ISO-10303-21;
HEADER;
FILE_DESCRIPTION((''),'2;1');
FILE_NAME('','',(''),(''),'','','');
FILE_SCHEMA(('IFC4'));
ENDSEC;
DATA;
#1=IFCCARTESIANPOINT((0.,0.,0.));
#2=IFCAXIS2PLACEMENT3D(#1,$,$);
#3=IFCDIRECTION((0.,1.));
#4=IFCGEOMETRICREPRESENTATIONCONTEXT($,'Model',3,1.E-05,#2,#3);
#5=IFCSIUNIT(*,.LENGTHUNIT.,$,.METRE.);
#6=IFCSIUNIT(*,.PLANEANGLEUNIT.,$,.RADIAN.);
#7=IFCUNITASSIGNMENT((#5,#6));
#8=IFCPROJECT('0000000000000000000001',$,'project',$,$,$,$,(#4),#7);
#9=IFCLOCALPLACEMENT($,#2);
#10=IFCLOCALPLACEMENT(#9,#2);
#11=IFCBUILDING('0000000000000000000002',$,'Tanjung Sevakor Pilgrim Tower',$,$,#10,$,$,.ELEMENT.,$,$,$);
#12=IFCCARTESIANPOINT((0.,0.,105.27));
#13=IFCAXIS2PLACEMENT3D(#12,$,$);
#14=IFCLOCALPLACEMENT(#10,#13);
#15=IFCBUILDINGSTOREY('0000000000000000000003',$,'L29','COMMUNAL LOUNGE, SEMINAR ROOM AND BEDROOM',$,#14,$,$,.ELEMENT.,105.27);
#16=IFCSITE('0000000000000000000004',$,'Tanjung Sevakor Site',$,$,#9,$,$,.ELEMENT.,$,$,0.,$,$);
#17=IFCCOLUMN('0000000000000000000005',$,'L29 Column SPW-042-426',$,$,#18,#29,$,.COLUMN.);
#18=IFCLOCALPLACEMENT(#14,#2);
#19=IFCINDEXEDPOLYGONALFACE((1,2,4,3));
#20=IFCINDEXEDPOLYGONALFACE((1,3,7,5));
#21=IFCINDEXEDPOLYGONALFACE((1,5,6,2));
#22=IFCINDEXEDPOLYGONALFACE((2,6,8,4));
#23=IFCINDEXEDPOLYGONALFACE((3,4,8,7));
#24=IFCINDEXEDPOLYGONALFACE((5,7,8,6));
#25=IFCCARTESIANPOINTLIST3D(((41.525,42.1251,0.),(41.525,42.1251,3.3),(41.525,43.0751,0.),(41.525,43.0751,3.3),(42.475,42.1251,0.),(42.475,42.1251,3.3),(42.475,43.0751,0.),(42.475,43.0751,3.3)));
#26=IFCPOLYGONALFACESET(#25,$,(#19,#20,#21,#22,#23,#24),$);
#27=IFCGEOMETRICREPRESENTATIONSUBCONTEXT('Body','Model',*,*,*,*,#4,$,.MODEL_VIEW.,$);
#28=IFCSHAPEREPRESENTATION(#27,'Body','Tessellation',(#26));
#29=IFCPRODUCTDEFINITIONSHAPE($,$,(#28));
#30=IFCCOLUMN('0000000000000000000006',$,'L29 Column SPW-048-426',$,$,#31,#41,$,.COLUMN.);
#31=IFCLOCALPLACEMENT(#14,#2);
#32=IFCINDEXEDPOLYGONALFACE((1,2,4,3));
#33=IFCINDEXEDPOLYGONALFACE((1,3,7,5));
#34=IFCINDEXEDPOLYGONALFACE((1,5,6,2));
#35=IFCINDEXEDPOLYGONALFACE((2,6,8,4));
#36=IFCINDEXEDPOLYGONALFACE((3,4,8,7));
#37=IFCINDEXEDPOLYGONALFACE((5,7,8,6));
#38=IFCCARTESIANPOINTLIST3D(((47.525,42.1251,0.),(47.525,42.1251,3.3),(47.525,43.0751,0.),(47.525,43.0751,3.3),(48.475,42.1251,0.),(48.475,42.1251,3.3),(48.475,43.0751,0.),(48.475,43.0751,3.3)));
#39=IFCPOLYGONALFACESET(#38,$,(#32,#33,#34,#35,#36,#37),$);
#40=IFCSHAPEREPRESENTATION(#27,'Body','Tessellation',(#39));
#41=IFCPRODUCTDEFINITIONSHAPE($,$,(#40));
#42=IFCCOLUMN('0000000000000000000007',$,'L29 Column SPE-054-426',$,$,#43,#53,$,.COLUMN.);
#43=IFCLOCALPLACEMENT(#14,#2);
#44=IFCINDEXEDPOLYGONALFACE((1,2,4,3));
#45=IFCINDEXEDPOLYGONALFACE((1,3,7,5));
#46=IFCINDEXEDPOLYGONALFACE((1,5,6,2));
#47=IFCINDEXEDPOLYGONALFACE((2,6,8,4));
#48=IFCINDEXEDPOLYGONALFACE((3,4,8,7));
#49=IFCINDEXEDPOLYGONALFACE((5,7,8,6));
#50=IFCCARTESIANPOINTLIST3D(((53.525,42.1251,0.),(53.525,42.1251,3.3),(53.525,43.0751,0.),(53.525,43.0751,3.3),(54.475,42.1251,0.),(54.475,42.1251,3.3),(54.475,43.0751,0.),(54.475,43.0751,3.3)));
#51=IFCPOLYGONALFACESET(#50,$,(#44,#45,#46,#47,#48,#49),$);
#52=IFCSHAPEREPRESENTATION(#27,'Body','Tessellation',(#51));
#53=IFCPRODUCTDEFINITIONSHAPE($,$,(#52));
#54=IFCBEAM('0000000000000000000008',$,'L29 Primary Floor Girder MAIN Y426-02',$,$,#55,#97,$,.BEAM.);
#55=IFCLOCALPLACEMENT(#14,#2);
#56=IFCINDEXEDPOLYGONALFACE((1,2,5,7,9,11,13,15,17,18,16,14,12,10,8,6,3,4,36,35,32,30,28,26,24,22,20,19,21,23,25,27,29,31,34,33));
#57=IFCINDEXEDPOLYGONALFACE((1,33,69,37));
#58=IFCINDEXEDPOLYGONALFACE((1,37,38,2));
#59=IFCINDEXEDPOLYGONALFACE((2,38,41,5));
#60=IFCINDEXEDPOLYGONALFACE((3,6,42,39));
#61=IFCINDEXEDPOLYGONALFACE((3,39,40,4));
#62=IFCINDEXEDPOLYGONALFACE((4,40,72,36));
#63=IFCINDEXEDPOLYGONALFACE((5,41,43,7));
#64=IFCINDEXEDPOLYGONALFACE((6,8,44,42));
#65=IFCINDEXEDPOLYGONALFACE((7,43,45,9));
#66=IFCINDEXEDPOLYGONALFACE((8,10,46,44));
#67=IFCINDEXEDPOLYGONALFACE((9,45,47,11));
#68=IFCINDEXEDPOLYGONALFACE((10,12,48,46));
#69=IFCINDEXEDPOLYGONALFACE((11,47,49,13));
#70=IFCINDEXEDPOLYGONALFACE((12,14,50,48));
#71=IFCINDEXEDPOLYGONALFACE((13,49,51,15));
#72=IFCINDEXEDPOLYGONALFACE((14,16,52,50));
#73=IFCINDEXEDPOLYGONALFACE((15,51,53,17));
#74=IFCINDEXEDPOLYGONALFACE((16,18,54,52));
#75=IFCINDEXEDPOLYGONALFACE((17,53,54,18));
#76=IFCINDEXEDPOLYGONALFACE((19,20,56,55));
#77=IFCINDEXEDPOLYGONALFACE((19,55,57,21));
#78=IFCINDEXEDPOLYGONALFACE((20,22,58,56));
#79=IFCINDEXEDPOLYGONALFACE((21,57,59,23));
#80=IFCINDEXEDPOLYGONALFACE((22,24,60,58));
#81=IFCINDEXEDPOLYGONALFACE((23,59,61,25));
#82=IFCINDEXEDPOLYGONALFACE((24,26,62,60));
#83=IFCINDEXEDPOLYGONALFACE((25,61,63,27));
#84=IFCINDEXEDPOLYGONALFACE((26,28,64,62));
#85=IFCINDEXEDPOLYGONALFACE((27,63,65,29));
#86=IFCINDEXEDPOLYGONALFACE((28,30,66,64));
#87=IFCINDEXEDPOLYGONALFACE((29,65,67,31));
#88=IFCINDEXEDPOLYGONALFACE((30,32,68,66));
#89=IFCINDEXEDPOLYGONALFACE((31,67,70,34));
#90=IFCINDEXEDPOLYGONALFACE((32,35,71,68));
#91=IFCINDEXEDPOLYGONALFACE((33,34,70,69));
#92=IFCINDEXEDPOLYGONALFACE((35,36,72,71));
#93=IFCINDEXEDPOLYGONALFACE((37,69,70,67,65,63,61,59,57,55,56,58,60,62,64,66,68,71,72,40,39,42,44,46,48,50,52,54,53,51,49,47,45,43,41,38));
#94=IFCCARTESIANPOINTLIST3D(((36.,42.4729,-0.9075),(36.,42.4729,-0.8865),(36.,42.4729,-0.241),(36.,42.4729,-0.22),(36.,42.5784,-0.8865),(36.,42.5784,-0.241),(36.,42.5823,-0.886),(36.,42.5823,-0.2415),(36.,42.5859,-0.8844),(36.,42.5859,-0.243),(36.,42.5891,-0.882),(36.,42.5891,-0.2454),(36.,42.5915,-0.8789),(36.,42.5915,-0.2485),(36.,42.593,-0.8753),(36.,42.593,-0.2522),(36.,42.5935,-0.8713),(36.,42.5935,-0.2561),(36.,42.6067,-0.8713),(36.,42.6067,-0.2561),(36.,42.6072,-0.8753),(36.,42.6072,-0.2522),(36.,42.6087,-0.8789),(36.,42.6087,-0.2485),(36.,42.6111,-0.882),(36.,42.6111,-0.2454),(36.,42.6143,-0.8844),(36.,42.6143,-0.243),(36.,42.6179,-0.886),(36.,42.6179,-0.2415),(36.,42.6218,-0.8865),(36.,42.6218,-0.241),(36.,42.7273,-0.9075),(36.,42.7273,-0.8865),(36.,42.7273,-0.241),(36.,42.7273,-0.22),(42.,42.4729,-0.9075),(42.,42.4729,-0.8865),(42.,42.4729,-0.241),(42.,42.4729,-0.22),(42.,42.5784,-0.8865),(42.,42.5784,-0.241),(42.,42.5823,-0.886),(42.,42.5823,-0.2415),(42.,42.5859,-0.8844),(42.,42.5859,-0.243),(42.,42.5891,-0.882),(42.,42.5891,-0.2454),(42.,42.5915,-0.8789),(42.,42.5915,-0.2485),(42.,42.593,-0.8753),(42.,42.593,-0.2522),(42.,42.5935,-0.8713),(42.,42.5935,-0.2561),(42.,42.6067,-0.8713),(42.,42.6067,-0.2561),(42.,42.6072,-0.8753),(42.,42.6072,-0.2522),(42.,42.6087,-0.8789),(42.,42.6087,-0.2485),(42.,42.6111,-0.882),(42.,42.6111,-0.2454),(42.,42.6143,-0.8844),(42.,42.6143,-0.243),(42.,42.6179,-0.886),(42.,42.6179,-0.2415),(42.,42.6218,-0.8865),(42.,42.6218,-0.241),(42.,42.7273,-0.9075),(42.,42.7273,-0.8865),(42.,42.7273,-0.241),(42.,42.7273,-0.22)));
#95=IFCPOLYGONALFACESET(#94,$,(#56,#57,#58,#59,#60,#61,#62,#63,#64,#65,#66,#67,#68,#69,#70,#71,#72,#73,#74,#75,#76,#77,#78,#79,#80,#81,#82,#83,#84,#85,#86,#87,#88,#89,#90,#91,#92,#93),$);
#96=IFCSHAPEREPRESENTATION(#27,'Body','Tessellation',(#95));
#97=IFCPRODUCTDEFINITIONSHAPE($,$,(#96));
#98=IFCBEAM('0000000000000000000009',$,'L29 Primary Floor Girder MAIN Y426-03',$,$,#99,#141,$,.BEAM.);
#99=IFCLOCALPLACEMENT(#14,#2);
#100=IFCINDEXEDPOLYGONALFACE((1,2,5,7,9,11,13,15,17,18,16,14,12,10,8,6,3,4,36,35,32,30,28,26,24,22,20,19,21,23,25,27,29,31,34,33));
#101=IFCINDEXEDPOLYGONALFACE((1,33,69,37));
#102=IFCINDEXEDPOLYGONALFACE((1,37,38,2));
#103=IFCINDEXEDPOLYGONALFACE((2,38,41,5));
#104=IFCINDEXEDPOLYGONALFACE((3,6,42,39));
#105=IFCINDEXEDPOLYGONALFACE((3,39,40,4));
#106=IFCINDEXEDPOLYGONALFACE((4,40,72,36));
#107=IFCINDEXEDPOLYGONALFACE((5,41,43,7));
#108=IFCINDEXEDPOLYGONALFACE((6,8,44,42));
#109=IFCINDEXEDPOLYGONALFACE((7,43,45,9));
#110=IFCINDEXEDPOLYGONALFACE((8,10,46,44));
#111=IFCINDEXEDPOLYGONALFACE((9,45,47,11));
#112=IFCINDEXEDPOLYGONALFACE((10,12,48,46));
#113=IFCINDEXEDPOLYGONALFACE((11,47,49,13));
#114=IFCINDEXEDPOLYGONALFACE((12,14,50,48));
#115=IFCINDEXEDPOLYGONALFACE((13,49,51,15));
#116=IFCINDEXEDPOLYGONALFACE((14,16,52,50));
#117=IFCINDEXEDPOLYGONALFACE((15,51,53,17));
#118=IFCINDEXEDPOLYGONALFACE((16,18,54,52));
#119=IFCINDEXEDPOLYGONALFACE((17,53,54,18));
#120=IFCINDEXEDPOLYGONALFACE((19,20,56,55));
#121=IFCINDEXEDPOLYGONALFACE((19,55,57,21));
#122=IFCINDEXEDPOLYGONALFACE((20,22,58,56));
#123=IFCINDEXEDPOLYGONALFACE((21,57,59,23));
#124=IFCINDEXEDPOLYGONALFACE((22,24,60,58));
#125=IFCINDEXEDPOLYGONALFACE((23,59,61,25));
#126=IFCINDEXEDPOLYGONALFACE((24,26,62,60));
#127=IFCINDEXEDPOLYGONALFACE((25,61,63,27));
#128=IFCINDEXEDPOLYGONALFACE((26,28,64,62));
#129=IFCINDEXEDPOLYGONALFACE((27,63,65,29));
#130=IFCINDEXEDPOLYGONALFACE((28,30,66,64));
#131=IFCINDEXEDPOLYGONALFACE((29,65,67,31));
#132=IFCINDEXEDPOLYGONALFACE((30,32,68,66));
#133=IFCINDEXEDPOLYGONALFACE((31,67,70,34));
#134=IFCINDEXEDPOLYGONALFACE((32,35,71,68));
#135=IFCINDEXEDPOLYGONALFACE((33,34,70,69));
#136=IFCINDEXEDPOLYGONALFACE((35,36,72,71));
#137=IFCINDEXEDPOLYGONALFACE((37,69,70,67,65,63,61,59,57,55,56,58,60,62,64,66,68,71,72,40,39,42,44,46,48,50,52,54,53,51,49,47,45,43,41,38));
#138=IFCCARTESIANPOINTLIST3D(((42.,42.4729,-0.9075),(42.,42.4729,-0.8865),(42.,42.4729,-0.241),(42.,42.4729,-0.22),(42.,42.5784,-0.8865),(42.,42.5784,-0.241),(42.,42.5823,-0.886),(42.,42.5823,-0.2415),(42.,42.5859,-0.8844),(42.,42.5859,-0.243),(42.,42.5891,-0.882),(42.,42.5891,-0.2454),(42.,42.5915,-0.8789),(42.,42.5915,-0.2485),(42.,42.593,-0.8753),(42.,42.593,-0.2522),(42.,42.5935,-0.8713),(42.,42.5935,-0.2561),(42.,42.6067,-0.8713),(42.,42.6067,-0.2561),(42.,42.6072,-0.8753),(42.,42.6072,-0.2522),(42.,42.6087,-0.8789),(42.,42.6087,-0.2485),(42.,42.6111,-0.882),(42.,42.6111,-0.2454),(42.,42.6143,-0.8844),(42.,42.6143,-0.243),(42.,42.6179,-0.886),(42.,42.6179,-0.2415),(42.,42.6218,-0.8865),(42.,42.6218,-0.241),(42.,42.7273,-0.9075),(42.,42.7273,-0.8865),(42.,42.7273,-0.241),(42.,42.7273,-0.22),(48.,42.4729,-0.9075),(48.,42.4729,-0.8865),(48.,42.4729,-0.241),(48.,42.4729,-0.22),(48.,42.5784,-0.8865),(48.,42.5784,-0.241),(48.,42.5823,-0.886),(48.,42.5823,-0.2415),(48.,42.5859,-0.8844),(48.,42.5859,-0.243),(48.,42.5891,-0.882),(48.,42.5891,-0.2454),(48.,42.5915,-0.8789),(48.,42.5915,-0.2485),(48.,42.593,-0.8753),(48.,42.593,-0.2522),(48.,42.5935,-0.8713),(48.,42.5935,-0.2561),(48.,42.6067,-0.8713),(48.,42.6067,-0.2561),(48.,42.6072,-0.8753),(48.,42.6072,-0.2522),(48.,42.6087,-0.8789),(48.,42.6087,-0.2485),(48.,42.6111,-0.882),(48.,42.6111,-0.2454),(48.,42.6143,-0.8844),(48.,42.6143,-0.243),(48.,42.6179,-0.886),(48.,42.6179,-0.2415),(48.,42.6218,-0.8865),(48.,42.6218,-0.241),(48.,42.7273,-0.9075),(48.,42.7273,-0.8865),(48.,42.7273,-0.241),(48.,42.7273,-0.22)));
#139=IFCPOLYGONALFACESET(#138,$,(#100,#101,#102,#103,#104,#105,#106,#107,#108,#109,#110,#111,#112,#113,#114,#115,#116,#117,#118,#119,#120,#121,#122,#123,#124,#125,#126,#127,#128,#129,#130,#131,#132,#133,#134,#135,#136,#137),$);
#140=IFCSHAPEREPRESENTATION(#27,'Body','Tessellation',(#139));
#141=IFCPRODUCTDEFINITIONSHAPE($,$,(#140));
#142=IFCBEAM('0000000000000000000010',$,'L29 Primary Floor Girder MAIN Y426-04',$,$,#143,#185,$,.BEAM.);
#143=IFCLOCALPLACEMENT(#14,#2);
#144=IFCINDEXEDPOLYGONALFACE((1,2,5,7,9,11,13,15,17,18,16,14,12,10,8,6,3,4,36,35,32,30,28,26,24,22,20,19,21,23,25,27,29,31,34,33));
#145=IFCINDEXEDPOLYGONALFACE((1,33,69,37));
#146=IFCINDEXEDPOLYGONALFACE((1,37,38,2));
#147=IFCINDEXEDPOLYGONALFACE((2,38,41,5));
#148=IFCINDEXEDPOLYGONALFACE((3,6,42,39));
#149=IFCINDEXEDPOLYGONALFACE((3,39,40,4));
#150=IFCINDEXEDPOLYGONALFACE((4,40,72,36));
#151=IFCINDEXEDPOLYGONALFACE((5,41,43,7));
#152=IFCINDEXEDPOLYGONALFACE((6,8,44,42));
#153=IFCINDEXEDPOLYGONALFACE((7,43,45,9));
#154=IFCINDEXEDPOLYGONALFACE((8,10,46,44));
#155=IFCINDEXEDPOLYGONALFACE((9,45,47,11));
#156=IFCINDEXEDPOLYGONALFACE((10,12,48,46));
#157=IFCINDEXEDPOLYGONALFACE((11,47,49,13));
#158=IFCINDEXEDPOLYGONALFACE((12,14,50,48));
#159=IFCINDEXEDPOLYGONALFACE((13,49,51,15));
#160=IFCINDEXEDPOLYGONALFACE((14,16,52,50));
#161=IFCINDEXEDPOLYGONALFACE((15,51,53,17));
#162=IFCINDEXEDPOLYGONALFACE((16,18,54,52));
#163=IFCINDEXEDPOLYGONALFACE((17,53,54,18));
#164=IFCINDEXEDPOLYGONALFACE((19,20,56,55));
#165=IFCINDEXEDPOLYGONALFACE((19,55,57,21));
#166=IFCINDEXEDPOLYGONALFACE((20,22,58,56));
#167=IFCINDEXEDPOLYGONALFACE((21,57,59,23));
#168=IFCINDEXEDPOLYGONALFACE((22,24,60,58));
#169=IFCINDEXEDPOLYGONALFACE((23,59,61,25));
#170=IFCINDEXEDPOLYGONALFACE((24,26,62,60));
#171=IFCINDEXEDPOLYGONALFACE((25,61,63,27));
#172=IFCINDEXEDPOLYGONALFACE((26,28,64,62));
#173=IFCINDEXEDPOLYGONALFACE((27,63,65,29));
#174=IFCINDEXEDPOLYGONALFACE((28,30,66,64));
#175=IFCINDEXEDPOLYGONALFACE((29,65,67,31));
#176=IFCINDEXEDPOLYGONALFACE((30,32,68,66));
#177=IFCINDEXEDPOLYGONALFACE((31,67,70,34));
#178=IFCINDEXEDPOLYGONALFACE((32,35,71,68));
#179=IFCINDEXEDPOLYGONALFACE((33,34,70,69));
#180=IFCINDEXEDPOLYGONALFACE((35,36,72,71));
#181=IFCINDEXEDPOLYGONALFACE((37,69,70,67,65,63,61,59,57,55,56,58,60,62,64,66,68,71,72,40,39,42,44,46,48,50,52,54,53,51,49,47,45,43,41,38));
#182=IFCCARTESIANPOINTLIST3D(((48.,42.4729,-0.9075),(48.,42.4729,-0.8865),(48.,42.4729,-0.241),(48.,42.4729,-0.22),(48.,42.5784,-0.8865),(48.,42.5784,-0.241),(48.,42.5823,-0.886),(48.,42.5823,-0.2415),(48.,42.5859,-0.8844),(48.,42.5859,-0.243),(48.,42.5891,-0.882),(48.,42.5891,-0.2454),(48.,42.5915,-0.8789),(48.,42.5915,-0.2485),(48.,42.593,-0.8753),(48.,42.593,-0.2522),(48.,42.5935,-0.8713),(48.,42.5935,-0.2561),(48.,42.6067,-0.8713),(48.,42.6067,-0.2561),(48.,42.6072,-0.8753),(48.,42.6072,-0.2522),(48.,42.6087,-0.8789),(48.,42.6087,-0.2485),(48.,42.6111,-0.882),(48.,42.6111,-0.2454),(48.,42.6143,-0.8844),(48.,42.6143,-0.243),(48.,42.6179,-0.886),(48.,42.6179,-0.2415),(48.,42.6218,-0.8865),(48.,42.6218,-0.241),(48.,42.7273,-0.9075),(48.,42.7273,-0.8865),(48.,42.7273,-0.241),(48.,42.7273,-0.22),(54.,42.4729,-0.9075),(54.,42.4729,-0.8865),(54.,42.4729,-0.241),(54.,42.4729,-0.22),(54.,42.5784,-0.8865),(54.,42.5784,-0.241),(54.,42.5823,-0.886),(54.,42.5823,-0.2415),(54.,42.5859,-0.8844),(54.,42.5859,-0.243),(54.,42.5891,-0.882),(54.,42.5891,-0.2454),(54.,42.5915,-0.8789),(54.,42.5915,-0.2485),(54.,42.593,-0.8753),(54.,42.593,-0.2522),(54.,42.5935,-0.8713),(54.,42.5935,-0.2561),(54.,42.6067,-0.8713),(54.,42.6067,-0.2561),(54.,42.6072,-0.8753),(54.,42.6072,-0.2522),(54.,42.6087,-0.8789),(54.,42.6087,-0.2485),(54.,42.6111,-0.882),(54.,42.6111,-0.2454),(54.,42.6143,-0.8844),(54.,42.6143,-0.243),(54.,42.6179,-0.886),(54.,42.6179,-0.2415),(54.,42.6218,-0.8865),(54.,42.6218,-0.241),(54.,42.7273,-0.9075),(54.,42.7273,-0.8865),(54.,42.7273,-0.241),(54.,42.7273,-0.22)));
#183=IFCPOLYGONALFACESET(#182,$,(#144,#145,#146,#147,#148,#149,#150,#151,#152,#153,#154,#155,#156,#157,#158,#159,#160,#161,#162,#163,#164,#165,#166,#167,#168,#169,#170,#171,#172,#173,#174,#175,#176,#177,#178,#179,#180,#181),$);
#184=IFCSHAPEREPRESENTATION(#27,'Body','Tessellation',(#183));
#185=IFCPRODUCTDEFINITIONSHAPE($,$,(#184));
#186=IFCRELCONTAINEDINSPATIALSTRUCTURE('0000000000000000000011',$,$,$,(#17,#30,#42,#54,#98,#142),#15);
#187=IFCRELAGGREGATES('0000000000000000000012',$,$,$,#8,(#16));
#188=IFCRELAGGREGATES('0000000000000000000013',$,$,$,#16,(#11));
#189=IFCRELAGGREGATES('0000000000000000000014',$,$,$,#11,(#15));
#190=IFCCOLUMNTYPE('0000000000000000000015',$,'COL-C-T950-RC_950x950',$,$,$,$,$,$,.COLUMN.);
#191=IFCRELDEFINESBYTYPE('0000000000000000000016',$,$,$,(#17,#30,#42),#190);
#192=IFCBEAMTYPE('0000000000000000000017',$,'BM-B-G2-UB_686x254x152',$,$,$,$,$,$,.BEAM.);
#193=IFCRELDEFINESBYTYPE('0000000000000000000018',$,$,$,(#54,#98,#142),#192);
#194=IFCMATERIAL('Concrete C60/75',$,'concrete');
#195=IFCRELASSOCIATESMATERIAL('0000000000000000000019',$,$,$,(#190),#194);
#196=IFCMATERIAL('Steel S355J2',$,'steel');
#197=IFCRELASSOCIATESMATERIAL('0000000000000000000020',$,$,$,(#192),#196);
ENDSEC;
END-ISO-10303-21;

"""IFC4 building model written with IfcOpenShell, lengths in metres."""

from ifc_helpers import new_model, si_unit, direction, frame, origin, origin_2d, place, context, subcontext, project, spatial, rectangle, i_section, extrude, material, material_profile, profile_set, type_object, element, save


model = new_model("IFC4")

# Units and contexts
model_context = context("Model", 3, precision=1e-05, world=origin(), true_north=direction((0.0, 1.0)))
body_context = subcontext(model_context, "Body", "Model", "MODEL_VIEW")
ifc_project = project(units=[si_unit("LENGTHUNIT", "METRE"), si_unit("PLANEANGLEUNIT", "RADIAN")], contexts=[model_context])

# Site, building, storey
site_placement = place(None, origin())
site = spatial("IfcSite", under=ifc_project, at=site_placement, Name="Tanjung Sevakor Site", CompositionType="ELEMENT", RefElevation=0.0)
building_placement = place(site_placement, origin())
building = spatial("IfcBuilding", under=site, at=building_placement, Name="Tanjung Sevakor Pilgrim Tower", CompositionType="ELEMENT")
storey_placement = place(building_placement, frame((0.0, 0.0, 105.27)))
storey = spatial("IfcBuildingStorey", under=building, at=storey_placement, Name="L29", Description="COMMUNAL LOUNGE, SEMINAR ROOM AND BEDROOM", CompositionType="ELEMENT", Elevation=105.27)

# Columns
ifc_material_1 = material(Name="Concrete C60/75", Category="concrete")
ifc_material_profile_1 = material_profile(ifc_material_1, rectangle(XDim=0.95, YDim=0.95, at=origin_2d()))
ifc_profile_set_1 = profile_set([ifc_material_profile_1], Name="Concrete C60/75")
column_type = type_object("IfcColumnType", Name="COL-C-T950-RC_950x950", PredefinedType="COLUMN", material=ifc_profile_set_1)
for number, where, z_axis, x_axis, name in (
    (1, (42.0, 42.6001, 0.0), (0.0, 0.0, 1.0), (1.0, 0.0, 0.0), "L29 Column SPW-042-426"),
    (2, (48.0, 42.6001, 0.0), (0.0, 0.0, 1.0), (1.0, 0.0, 0.0), "L29 Column SPW-048-426"),
    (3, (54.0, 42.6001, 0.0), (0.0, 0.0, 1.0), (1.0, 0.0, 0.0), "L29 Column SPE-054-426"),
):
    element("IfcColumn", number, at=place(storey_placement, frame(where, z_axis=z_axis, x_axis=x_axis)), inside=storey, type_object=column_type, Name=name, PredefinedType="COLUMN", context=body_context, shape_type="SweptSolid", body=[
        extrude(rectangle(XDim=0.95, YDim=0.95, at=origin_2d()), origin(), (0.0, 0.0, 1.0), 3.3),
    ])

# Beams
ifc_material_2 = material(Name="Steel S355J2", Category="steel")
ifc_material_profile_2 = material_profile(ifc_material_2, i_section(OverallWidth=0.2544, OverallDepth=0.6875, WebThickness=0.0132, FlangeThickness=0.021, FilletRadius=0.0151, at=origin_2d()))
ifc_profile_set_2 = profile_set([ifc_material_profile_2], Name="Steel S355J2")
beam_type_1 = type_object("IfcBeamType", Name="BM-B-G2-UB_686x254x152", PredefinedType="BEAM", material=ifc_profile_set_2)
for number, where, z_axis, x_axis, name in (
    (4, (36.0, 42.6001, -0.5637), (1.0, 0.0, 0.0), (0.0, 1.0, 0.0), "L29 Primary Floor Girder MAIN Y426-02"),
    (5, (42.0, 42.6001, -0.5637), (1.0, 0.0, 0.0), (0.0, 1.0, 0.0), "L29 Primary Floor Girder MAIN Y426-03"),
    (6, (48.0, 42.6001, -0.5637), (1.0, 0.0, 0.0), (0.0, 1.0, 0.0), "L29 Primary Floor Girder MAIN Y426-04"),
):
    element("IfcBeam", number, at=place(storey_placement, frame(where, z_axis=z_axis, x_axis=x_axis)), inside=storey, type_object=beam_type_1, Name=name, PredefinedType="BEAM", context=body_context, shape_type="SweptSolid", body=[
        extrude(i_section(OverallWidth=0.2544, OverallDepth=0.6875, WebThickness=0.0132, FlangeThickness=0.021, FilletRadius=0.0151, at=origin_2d()), origin(), (0.0, 0.0, 1.0), 6.0),
    ])

save(model, "model.ifc")
